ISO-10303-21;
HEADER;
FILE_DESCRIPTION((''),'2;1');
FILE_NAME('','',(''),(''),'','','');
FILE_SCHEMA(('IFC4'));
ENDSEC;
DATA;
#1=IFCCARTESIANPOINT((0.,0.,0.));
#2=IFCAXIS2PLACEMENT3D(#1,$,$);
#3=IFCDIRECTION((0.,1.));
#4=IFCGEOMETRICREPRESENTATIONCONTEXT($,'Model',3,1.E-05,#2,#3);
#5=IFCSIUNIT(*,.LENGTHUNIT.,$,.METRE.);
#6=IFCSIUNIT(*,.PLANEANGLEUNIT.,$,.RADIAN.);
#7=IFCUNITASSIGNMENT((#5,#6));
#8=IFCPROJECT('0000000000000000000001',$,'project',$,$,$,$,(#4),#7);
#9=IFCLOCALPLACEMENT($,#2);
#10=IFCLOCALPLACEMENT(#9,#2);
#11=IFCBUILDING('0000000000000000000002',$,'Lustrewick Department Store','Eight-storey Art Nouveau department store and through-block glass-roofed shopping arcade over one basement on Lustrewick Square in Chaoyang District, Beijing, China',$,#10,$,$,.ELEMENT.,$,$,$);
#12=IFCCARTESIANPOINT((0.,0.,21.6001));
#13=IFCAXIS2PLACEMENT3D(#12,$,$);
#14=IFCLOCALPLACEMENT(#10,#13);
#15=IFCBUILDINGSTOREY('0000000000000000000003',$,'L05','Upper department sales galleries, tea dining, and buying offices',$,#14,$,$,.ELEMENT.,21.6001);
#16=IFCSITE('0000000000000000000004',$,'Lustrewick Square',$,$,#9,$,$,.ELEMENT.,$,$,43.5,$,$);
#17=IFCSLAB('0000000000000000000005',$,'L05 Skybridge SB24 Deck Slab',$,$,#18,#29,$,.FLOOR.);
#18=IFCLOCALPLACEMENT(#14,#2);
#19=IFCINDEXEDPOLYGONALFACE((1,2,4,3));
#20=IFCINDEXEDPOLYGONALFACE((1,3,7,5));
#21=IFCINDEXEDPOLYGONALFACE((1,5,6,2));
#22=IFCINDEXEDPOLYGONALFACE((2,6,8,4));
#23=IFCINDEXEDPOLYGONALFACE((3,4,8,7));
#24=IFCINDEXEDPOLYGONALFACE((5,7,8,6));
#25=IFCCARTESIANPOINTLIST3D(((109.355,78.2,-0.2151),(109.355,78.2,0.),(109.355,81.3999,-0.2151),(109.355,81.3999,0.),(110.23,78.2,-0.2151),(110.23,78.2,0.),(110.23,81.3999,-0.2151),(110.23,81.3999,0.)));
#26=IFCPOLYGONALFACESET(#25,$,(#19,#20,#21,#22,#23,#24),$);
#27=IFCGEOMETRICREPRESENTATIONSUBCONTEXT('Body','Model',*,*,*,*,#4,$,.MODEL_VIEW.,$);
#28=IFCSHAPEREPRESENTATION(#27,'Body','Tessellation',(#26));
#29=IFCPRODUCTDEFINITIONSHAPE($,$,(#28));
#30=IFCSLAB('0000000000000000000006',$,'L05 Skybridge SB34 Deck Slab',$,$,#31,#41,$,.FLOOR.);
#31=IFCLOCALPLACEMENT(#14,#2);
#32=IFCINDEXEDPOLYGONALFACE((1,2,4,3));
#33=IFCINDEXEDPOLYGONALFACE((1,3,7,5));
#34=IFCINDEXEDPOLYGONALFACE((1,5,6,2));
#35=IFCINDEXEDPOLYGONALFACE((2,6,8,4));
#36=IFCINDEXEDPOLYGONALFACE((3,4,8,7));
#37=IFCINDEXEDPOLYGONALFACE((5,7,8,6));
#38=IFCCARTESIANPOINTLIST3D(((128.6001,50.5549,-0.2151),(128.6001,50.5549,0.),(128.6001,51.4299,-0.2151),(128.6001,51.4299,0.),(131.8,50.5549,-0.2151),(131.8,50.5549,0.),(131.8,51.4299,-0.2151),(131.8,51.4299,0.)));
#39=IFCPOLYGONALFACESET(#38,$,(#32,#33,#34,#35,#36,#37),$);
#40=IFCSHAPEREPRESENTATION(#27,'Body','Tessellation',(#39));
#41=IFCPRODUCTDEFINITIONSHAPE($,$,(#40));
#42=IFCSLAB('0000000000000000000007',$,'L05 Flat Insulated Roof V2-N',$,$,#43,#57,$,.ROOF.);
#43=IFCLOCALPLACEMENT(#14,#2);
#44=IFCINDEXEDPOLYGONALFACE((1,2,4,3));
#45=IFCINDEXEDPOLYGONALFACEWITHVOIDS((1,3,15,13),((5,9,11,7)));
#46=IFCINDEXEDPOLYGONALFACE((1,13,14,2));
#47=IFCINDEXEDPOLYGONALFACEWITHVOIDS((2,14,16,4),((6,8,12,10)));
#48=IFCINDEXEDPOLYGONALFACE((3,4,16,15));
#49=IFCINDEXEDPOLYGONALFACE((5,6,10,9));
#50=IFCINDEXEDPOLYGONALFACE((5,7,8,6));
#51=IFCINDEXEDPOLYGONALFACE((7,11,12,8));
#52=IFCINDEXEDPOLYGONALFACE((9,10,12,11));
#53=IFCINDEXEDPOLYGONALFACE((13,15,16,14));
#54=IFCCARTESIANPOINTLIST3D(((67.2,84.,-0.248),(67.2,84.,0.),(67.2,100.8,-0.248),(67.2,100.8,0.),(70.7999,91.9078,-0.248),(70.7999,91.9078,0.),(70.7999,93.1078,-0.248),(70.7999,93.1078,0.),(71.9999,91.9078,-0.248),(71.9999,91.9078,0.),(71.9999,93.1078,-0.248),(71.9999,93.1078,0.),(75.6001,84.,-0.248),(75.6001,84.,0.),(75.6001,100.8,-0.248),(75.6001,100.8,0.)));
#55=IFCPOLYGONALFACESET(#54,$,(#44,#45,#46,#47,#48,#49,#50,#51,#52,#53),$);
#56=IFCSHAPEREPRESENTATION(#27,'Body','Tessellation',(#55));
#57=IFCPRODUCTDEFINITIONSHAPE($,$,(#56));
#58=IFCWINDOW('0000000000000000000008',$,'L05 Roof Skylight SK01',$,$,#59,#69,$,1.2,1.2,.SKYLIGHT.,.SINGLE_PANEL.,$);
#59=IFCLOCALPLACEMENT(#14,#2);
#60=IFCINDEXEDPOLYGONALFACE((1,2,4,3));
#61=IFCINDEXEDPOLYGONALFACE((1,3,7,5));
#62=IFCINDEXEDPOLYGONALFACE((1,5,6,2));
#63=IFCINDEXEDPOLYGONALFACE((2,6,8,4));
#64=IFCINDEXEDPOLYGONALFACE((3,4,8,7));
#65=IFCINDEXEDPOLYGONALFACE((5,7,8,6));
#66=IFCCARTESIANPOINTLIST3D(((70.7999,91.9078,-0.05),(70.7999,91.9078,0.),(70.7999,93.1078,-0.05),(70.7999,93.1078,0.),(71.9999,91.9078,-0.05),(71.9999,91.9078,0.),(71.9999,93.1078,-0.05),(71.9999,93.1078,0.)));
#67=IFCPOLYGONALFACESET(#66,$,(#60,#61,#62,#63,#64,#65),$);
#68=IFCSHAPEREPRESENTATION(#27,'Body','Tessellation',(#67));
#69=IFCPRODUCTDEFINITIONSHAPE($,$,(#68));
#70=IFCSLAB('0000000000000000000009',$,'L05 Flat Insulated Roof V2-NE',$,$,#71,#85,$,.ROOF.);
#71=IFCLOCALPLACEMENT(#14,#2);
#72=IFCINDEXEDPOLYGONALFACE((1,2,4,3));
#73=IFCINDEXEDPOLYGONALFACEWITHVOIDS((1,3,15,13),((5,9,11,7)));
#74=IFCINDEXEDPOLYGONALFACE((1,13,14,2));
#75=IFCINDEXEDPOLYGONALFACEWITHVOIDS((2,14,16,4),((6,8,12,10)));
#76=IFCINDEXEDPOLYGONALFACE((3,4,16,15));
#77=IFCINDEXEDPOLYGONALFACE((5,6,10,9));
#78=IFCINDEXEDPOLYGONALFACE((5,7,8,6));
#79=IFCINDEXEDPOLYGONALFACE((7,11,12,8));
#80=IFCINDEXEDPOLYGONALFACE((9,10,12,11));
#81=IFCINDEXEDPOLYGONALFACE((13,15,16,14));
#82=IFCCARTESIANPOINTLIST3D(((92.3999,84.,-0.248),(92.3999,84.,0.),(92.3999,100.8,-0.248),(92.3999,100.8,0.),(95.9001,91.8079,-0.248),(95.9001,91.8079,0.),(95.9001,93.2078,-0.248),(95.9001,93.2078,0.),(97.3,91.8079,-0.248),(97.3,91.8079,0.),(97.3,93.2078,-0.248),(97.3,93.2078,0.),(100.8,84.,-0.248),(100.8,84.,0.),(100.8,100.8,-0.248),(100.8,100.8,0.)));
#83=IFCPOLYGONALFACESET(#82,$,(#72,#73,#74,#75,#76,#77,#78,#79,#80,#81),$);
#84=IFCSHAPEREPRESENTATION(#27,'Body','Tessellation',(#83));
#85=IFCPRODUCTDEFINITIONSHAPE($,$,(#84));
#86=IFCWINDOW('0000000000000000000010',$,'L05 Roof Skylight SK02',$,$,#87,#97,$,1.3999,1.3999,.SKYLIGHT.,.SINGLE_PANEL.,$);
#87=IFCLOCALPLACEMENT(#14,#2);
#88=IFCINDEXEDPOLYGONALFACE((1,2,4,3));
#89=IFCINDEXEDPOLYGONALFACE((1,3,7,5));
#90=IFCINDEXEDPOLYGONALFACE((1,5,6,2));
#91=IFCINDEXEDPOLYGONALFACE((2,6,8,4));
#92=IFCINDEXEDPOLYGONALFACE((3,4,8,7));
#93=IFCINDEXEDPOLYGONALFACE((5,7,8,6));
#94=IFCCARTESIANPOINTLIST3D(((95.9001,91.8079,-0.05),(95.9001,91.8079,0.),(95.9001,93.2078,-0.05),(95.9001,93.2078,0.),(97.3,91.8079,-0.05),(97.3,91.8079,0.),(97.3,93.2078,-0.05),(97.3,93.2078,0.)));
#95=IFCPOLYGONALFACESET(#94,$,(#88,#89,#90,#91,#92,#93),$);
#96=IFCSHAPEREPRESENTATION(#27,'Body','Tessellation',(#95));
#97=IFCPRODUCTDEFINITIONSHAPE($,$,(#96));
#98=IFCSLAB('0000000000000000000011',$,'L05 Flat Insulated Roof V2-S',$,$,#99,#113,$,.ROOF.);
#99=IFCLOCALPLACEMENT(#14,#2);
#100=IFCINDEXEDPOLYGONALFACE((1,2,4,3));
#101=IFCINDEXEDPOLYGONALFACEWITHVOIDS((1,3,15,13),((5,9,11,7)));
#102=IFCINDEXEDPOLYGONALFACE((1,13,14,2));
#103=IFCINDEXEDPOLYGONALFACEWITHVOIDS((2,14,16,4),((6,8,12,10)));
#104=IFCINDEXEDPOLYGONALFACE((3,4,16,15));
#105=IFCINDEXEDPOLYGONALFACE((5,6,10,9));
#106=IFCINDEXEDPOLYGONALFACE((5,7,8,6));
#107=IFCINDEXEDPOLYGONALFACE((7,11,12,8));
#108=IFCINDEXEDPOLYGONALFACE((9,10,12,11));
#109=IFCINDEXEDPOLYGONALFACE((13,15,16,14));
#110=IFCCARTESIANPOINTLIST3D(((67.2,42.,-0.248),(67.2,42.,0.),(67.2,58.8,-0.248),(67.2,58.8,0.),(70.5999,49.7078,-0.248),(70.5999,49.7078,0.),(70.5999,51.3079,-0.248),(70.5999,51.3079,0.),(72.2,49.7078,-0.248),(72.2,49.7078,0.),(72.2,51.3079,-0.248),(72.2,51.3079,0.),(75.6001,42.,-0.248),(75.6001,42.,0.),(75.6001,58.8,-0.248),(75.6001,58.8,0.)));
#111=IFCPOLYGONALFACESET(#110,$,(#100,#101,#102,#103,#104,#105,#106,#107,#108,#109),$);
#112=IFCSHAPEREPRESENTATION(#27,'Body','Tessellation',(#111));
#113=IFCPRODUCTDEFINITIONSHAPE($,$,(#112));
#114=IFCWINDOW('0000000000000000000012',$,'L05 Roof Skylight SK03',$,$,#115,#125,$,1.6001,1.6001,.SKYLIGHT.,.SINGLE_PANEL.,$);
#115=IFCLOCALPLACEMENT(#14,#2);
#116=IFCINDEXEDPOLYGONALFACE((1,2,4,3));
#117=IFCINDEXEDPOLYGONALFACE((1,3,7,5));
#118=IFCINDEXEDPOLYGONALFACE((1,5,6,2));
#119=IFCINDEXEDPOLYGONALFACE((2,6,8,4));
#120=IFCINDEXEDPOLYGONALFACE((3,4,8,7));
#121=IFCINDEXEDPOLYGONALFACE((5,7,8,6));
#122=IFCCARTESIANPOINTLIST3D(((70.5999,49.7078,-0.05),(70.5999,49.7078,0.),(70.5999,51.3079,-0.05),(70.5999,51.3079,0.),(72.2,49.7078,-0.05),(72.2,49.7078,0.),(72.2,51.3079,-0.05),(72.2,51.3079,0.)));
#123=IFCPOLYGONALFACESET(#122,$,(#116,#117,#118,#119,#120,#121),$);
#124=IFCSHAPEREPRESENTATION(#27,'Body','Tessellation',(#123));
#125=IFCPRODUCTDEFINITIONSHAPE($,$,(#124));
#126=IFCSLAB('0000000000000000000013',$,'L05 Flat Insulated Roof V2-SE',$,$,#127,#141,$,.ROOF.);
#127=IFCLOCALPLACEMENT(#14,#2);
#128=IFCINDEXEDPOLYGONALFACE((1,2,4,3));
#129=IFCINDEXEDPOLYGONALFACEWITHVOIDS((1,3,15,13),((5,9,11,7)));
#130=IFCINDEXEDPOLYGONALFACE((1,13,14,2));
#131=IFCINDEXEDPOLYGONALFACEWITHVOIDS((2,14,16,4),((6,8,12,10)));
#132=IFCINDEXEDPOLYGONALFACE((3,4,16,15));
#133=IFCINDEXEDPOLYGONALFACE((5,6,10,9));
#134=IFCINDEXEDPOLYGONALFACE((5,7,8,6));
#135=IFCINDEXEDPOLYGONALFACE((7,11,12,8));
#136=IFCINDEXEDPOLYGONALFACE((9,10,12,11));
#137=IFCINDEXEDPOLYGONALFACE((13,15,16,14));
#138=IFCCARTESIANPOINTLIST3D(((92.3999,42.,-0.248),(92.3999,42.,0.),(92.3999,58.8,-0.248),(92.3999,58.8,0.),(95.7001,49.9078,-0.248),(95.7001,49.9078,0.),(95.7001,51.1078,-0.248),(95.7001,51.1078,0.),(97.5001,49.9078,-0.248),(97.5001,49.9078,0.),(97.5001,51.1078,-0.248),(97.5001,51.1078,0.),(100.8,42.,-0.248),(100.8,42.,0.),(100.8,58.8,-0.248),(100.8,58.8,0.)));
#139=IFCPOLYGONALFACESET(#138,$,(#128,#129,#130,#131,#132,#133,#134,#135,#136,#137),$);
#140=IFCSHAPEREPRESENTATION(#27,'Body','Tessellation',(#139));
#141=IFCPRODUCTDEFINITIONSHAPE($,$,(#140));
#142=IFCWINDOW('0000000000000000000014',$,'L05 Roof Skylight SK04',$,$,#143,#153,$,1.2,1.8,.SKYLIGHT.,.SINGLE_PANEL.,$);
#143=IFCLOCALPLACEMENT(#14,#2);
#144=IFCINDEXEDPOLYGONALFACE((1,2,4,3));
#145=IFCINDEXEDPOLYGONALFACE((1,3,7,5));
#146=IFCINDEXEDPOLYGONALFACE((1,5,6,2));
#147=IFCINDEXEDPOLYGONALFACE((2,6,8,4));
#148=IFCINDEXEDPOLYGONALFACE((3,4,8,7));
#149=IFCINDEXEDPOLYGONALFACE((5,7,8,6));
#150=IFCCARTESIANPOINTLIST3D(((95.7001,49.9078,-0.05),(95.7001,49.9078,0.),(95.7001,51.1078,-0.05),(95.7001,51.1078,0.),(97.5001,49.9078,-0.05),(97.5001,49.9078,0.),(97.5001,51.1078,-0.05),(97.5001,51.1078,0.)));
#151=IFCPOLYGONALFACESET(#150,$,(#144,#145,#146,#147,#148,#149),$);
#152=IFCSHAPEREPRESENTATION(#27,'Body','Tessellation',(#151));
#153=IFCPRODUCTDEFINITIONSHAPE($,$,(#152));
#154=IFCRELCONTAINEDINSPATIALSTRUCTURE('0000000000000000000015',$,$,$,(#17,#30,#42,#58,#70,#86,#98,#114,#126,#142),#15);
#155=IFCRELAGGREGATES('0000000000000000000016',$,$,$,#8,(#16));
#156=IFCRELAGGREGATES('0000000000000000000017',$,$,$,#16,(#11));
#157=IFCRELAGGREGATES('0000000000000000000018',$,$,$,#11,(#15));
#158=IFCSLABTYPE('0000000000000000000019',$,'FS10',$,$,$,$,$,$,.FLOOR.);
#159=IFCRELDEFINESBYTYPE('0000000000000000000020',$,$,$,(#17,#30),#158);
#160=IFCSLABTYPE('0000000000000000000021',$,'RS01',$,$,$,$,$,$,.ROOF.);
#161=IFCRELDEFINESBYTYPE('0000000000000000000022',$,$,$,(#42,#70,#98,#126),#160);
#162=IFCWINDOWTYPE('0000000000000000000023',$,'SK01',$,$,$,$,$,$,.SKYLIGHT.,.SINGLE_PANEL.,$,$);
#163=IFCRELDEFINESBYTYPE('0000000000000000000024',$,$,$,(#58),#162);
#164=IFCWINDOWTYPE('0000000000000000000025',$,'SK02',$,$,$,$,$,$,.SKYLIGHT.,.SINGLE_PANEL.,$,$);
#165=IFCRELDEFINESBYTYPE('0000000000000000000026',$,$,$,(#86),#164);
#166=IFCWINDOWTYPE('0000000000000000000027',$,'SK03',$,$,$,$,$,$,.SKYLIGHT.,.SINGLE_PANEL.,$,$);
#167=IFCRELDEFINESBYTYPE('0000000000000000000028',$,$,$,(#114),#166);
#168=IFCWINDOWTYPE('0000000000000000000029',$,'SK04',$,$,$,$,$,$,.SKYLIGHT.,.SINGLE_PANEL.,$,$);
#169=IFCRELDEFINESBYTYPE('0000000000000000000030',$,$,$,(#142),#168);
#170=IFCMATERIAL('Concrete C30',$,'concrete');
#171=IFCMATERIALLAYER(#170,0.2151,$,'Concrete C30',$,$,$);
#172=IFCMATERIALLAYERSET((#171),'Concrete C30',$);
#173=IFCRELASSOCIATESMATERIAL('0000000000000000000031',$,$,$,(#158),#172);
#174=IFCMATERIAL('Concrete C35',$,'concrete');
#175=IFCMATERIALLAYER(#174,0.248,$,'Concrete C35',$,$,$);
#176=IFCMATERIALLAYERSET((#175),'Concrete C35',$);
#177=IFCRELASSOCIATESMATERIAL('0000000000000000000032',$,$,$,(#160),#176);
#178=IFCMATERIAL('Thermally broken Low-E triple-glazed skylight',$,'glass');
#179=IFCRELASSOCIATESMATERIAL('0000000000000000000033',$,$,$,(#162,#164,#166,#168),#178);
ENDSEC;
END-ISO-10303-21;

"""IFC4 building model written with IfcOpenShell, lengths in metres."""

from ifc_helpers import new_model, si_unit, direction, frame, origin, origin_2d, place, context, subcontext, project, spatial, polyline, rectangle, outline, extrude, material, layer, layer_set, type_object, element, fill, save


model = new_model("IFC4")

# Units and contexts
model_context = context("Model", 3, precision=1e-05, world=origin(), true_north=direction((0.0, 1.0)))
body_context = subcontext(model_context, "Body", "Model", "MODEL_VIEW")
ifc_project = project(units=[si_unit("LENGTHUNIT", "METRE"), si_unit("PLANEANGLEUNIT", "RADIAN")], contexts=[model_context])

# Site, building, storey
site_placement = place(None, origin())
site = spatial("IfcSite", under=ifc_project, at=site_placement, Name="Lustrewick Square", CompositionType="ELEMENT", RefElevation=43.5)
building_placement = place(site_placement, origin())
building = spatial("IfcBuilding", under=site, at=building_placement, Name="Lustrewick Department Store", Description="Eight-storey Art Nouveau department store and through-block glass-roofed shopping arcade over one basement on Lustrewick Square in Chaoyang District, Beijing, China", CompositionType="ELEMENT")
storey_placement = place(building_placement, frame((0.0, 0.0, 21.6001)))
storey = spatial("IfcBuildingStorey", under=building, at=storey_placement, Name="L05", Description="Upper department sales galleries, tea dining, and buying offices", CompositionType="ELEMENT", Elevation=21.6001)

# Slabs
ifc_material_1 = material(Name="Concrete C30", Category="concrete")
ifc_layer_1 = layer(ifc_material_1, 0.2151, Name="Concrete C30")
ifc_layer_set_1 = layer_set([ifc_layer_1], Name="Concrete C30")
slab_type_1 = type_object("IfcSlabType", Name="FS10", PredefinedType="FLOOR", material=ifc_layer_set_1)
slab_1_placement = place(storey_placement, frame((0.0, 0.0, -0.2151)))
element("IfcSlab", 1, at=slab_1_placement, inside=storey, type_object=slab_type_1, Name="L05 Skybridge SB24 Deck Slab", PredefinedType="FLOOR", context=body_context, shape_type="SweptSolid", body=[
    extrude(outline(polyline([(110.23, 78.2), (110.23, 81.3999), (109.355, 81.3999), (109.355, 78.2), (110.23, 78.2)])), origin(), (0.0, 0.0, 1.0), 0.2151),
])
slab_2_placement = place(storey_placement, frame((0.0, 0.0, -0.2151)))
element("IfcSlab", 2, at=slab_2_placement, inside=storey, type_object=slab_type_1, Name="L05 Skybridge SB34 Deck Slab", PredefinedType="FLOOR", context=body_context, shape_type="SweptSolid", body=[
    extrude(outline(polyline([(131.8, 50.5549), (131.8, 51.4299), (128.6001, 51.4299), (128.6001, 50.5549), (131.8, 50.5549)])), origin(), (0.0, 0.0, 1.0), 0.2151),
])

# Slabs, openings, windows
ifc_material_2 = material(Name="Concrete C35", Category="concrete")
ifc_layer_2 = layer(ifc_material_2, 0.248, Name="Concrete C35")
ifc_layer_set_2 = layer_set([ifc_layer_2], Name="Concrete C35")
slab_type_2 = type_object("IfcSlabType", Name="RS01", PredefinedType="ROOF", material=ifc_layer_set_2)
slab_3_placement = place(storey_placement, frame((0.0, 0.0, -0.248)))
slab_3 = element("IfcSlab", 3, at=slab_3_placement, inside=storey, type_object=slab_type_2, Name="L05 Flat Insulated Roof V2-N", PredefinedType="ROOF", context=body_context, shape_type="SweptSolid", body=[
    extrude(outline(polyline([(75.6001, 84.0), (75.6001, 100.8), (67.2, 100.8), (67.2, 84.0), (75.6001, 84.0)])), origin(), (0.0, 0.0, 1.0), 0.248),
])
opening_1_placement = place(slab_3_placement, frame((71.3999, 92.5078, -0.01)))
opening_1 = element("IfcOpeningElement", 4, at=opening_1_placement, cuts=slab_3, PredefinedType="OPENING", context=body_context, shape_type="SweptSolid", body=[
    extrude(rectangle(XDim=1.2, YDim=1.2, at=origin_2d()), origin(), (0.0, 0.0, 1.0), 0.2681),
])
ifc_material_3 = material(Name="Thermally broken Low-E triple-glazed skylight", Category="glass")
window_type_1 = type_object("IfcWindowType", Name="SK01", PartitioningType="SINGLE_PANEL", PredefinedType="SKYLIGHT", material=ifc_material_3)
window_1_placement = place(opening_1_placement, frame((0.0, 0.0, 0.208)))
window_1 = element("IfcWindow", 5, at=window_1_placement, inside=storey, type_object=window_type_1, Name="L05 Roof Skylight SK01", OverallHeight=1.2, OverallWidth=1.2, PartitioningType="SINGLE_PANEL", PredefinedType="SKYLIGHT", context=body_context, shape_type="SweptSolid", body=[
    extrude(rectangle(XDim=1.2, YDim=1.2, at=origin_2d()), origin(), (0.0, 0.0, 1.0), 0.05),
])
fill(opening_1, window_1)
slab_4_placement = place(storey_placement, frame((0.0, 0.0, -0.248)))
slab_4 = element("IfcSlab", 6, at=slab_4_placement, inside=storey, type_object=slab_type_2, Name="L05 Flat Insulated Roof V2-NE", PredefinedType="ROOF", context=body_context, shape_type="SweptSolid", body=[
    extrude(outline(polyline([(100.8, 84.0), (100.8, 100.8), (92.3999, 100.8), (92.3999, 84.0), (100.8, 84.0)])), origin(), (0.0, 0.0, 1.0), 0.248),
])
opening_2_placement = place(slab_4_placement, frame((96.6001, 92.5078, -0.01)))
opening_2 = element("IfcOpeningElement", 7, at=opening_2_placement, cuts=slab_4, PredefinedType="OPENING", context=body_context, shape_type="SweptSolid", body=[
    extrude(rectangle(XDim=1.3999, YDim=1.3999, at=origin_2d()), origin(), (0.0, 0.0, 1.0), 0.2681),
])
window_type_2 = type_object("IfcWindowType", Name="SK02", PartitioningType="SINGLE_PANEL", PredefinedType="SKYLIGHT", material=ifc_material_3)
window_2_placement = place(opening_2_placement, frame((0.0, 0.0, 0.208)))
window_2 = element("IfcWindow", 8, at=window_2_placement, inside=storey, type_object=window_type_2, Name="L05 Roof Skylight SK02", OverallHeight=1.3999, OverallWidth=1.3999, PartitioningType="SINGLE_PANEL", PredefinedType="SKYLIGHT", context=body_context, shape_type="SweptSolid", body=[
    extrude(rectangle(XDim=1.3999, YDim=1.3999, at=origin_2d()), origin(), (0.0, 0.0, 1.0), 0.05),
])
fill(opening_2, window_2)
slab_5_placement = place(storey_placement, frame((0.0, 0.0, -0.248)))
slab_5 = element("IfcSlab", 9, at=slab_5_placement, inside=storey, type_object=slab_type_2, Name="L05 Flat Insulated Roof V2-S", PredefinedType="ROOF", context=body_context, shape_type="SweptSolid", body=[
    extrude(outline(polyline([(75.6001, 42.0), (75.6001, 58.8), (67.2, 58.8), (67.2, 42.0), (75.6001, 42.0)])), origin(), (0.0, 0.0, 1.0), 0.248),
])
opening_3_placement = place(slab_5_placement, frame((71.3999, 50.5078, -0.01)))
opening_3 = element("IfcOpeningElement", 10, at=opening_3_placement, cuts=slab_5, PredefinedType="OPENING", context=body_context, shape_type="SweptSolid", body=[
    extrude(rectangle(XDim=1.6001, YDim=1.6001, at=origin_2d()), origin(), (0.0, 0.0, 1.0), 0.2681),
])
window_type_3 = type_object("IfcWindowType", Name="SK03", PartitioningType="SINGLE_PANEL", PredefinedType="SKYLIGHT", material=ifc_material_3)
window_3_placement = place(opening_3_placement, frame((0.0, 0.0, 0.208)))
window_3 = element("IfcWindow", 11, at=window_3_placement, inside=storey, type_object=window_type_3, Name="L05 Roof Skylight SK03", OverallHeight=1.6001, OverallWidth=1.6001, PartitioningType="SINGLE_PANEL", PredefinedType="SKYLIGHT", context=body_context, shape_type="SweptSolid", body=[
    extrude(rectangle(XDim=1.6001, YDim=1.6001, at=origin_2d()), origin(), (0.0, 0.0, 1.0), 0.05),
])
fill(opening_3, window_3)
slab_6_placement = place(storey_placement, frame((0.0, 0.0, -0.248)))
slab_6 = element("IfcSlab", 12, at=slab_6_placement, inside=storey, type_object=slab_type_2, Name="L05 Flat Insulated Roof V2-SE", PredefinedType="ROOF", context=body_context, shape_type="SweptSolid", body=[
    extrude(outline(polyline([(100.8, 42.0), (100.8, 58.8), (92.3999, 58.8), (92.3999, 42.0), (100.8, 42.0)])), origin(), (0.0, 0.0, 1.0), 0.248),
])
opening_4_placement = place(slab_6_placement, frame((96.6001, 50.5078, -0.01)))
opening_4 = element("IfcOpeningElement", 13, at=opening_4_placement, cuts=slab_6, PredefinedType="OPENING", context=body_context, shape_type="SweptSolid", body=[
    extrude(rectangle(XDim=1.8, YDim=1.2, at=origin_2d()), origin(), (0.0, 0.0, 1.0), 0.2681),
])
window_type_4 = type_object("IfcWindowType", Name="SK04", PartitioningType="SINGLE_PANEL", PredefinedType="SKYLIGHT", material=ifc_material_3)
window_4_placement = place(opening_4_placement, frame((0.0, 0.0, 0.208)))
window_4 = element("IfcWindow", 14, at=window_4_placement, inside=storey, type_object=window_type_4, Name="L05 Roof Skylight SK04", OverallHeight=1.2, OverallWidth=1.8, PartitioningType="SINGLE_PANEL", PredefinedType="SKYLIGHT", context=body_context, shape_type="SweptSolid", body=[
    extrude(rectangle(XDim=1.8, YDim=1.2, at=origin_2d()), origin(), (0.0, 0.0, 1.0), 0.05),
])
fill(opening_4, window_4)

save(model, "model.ifc")
